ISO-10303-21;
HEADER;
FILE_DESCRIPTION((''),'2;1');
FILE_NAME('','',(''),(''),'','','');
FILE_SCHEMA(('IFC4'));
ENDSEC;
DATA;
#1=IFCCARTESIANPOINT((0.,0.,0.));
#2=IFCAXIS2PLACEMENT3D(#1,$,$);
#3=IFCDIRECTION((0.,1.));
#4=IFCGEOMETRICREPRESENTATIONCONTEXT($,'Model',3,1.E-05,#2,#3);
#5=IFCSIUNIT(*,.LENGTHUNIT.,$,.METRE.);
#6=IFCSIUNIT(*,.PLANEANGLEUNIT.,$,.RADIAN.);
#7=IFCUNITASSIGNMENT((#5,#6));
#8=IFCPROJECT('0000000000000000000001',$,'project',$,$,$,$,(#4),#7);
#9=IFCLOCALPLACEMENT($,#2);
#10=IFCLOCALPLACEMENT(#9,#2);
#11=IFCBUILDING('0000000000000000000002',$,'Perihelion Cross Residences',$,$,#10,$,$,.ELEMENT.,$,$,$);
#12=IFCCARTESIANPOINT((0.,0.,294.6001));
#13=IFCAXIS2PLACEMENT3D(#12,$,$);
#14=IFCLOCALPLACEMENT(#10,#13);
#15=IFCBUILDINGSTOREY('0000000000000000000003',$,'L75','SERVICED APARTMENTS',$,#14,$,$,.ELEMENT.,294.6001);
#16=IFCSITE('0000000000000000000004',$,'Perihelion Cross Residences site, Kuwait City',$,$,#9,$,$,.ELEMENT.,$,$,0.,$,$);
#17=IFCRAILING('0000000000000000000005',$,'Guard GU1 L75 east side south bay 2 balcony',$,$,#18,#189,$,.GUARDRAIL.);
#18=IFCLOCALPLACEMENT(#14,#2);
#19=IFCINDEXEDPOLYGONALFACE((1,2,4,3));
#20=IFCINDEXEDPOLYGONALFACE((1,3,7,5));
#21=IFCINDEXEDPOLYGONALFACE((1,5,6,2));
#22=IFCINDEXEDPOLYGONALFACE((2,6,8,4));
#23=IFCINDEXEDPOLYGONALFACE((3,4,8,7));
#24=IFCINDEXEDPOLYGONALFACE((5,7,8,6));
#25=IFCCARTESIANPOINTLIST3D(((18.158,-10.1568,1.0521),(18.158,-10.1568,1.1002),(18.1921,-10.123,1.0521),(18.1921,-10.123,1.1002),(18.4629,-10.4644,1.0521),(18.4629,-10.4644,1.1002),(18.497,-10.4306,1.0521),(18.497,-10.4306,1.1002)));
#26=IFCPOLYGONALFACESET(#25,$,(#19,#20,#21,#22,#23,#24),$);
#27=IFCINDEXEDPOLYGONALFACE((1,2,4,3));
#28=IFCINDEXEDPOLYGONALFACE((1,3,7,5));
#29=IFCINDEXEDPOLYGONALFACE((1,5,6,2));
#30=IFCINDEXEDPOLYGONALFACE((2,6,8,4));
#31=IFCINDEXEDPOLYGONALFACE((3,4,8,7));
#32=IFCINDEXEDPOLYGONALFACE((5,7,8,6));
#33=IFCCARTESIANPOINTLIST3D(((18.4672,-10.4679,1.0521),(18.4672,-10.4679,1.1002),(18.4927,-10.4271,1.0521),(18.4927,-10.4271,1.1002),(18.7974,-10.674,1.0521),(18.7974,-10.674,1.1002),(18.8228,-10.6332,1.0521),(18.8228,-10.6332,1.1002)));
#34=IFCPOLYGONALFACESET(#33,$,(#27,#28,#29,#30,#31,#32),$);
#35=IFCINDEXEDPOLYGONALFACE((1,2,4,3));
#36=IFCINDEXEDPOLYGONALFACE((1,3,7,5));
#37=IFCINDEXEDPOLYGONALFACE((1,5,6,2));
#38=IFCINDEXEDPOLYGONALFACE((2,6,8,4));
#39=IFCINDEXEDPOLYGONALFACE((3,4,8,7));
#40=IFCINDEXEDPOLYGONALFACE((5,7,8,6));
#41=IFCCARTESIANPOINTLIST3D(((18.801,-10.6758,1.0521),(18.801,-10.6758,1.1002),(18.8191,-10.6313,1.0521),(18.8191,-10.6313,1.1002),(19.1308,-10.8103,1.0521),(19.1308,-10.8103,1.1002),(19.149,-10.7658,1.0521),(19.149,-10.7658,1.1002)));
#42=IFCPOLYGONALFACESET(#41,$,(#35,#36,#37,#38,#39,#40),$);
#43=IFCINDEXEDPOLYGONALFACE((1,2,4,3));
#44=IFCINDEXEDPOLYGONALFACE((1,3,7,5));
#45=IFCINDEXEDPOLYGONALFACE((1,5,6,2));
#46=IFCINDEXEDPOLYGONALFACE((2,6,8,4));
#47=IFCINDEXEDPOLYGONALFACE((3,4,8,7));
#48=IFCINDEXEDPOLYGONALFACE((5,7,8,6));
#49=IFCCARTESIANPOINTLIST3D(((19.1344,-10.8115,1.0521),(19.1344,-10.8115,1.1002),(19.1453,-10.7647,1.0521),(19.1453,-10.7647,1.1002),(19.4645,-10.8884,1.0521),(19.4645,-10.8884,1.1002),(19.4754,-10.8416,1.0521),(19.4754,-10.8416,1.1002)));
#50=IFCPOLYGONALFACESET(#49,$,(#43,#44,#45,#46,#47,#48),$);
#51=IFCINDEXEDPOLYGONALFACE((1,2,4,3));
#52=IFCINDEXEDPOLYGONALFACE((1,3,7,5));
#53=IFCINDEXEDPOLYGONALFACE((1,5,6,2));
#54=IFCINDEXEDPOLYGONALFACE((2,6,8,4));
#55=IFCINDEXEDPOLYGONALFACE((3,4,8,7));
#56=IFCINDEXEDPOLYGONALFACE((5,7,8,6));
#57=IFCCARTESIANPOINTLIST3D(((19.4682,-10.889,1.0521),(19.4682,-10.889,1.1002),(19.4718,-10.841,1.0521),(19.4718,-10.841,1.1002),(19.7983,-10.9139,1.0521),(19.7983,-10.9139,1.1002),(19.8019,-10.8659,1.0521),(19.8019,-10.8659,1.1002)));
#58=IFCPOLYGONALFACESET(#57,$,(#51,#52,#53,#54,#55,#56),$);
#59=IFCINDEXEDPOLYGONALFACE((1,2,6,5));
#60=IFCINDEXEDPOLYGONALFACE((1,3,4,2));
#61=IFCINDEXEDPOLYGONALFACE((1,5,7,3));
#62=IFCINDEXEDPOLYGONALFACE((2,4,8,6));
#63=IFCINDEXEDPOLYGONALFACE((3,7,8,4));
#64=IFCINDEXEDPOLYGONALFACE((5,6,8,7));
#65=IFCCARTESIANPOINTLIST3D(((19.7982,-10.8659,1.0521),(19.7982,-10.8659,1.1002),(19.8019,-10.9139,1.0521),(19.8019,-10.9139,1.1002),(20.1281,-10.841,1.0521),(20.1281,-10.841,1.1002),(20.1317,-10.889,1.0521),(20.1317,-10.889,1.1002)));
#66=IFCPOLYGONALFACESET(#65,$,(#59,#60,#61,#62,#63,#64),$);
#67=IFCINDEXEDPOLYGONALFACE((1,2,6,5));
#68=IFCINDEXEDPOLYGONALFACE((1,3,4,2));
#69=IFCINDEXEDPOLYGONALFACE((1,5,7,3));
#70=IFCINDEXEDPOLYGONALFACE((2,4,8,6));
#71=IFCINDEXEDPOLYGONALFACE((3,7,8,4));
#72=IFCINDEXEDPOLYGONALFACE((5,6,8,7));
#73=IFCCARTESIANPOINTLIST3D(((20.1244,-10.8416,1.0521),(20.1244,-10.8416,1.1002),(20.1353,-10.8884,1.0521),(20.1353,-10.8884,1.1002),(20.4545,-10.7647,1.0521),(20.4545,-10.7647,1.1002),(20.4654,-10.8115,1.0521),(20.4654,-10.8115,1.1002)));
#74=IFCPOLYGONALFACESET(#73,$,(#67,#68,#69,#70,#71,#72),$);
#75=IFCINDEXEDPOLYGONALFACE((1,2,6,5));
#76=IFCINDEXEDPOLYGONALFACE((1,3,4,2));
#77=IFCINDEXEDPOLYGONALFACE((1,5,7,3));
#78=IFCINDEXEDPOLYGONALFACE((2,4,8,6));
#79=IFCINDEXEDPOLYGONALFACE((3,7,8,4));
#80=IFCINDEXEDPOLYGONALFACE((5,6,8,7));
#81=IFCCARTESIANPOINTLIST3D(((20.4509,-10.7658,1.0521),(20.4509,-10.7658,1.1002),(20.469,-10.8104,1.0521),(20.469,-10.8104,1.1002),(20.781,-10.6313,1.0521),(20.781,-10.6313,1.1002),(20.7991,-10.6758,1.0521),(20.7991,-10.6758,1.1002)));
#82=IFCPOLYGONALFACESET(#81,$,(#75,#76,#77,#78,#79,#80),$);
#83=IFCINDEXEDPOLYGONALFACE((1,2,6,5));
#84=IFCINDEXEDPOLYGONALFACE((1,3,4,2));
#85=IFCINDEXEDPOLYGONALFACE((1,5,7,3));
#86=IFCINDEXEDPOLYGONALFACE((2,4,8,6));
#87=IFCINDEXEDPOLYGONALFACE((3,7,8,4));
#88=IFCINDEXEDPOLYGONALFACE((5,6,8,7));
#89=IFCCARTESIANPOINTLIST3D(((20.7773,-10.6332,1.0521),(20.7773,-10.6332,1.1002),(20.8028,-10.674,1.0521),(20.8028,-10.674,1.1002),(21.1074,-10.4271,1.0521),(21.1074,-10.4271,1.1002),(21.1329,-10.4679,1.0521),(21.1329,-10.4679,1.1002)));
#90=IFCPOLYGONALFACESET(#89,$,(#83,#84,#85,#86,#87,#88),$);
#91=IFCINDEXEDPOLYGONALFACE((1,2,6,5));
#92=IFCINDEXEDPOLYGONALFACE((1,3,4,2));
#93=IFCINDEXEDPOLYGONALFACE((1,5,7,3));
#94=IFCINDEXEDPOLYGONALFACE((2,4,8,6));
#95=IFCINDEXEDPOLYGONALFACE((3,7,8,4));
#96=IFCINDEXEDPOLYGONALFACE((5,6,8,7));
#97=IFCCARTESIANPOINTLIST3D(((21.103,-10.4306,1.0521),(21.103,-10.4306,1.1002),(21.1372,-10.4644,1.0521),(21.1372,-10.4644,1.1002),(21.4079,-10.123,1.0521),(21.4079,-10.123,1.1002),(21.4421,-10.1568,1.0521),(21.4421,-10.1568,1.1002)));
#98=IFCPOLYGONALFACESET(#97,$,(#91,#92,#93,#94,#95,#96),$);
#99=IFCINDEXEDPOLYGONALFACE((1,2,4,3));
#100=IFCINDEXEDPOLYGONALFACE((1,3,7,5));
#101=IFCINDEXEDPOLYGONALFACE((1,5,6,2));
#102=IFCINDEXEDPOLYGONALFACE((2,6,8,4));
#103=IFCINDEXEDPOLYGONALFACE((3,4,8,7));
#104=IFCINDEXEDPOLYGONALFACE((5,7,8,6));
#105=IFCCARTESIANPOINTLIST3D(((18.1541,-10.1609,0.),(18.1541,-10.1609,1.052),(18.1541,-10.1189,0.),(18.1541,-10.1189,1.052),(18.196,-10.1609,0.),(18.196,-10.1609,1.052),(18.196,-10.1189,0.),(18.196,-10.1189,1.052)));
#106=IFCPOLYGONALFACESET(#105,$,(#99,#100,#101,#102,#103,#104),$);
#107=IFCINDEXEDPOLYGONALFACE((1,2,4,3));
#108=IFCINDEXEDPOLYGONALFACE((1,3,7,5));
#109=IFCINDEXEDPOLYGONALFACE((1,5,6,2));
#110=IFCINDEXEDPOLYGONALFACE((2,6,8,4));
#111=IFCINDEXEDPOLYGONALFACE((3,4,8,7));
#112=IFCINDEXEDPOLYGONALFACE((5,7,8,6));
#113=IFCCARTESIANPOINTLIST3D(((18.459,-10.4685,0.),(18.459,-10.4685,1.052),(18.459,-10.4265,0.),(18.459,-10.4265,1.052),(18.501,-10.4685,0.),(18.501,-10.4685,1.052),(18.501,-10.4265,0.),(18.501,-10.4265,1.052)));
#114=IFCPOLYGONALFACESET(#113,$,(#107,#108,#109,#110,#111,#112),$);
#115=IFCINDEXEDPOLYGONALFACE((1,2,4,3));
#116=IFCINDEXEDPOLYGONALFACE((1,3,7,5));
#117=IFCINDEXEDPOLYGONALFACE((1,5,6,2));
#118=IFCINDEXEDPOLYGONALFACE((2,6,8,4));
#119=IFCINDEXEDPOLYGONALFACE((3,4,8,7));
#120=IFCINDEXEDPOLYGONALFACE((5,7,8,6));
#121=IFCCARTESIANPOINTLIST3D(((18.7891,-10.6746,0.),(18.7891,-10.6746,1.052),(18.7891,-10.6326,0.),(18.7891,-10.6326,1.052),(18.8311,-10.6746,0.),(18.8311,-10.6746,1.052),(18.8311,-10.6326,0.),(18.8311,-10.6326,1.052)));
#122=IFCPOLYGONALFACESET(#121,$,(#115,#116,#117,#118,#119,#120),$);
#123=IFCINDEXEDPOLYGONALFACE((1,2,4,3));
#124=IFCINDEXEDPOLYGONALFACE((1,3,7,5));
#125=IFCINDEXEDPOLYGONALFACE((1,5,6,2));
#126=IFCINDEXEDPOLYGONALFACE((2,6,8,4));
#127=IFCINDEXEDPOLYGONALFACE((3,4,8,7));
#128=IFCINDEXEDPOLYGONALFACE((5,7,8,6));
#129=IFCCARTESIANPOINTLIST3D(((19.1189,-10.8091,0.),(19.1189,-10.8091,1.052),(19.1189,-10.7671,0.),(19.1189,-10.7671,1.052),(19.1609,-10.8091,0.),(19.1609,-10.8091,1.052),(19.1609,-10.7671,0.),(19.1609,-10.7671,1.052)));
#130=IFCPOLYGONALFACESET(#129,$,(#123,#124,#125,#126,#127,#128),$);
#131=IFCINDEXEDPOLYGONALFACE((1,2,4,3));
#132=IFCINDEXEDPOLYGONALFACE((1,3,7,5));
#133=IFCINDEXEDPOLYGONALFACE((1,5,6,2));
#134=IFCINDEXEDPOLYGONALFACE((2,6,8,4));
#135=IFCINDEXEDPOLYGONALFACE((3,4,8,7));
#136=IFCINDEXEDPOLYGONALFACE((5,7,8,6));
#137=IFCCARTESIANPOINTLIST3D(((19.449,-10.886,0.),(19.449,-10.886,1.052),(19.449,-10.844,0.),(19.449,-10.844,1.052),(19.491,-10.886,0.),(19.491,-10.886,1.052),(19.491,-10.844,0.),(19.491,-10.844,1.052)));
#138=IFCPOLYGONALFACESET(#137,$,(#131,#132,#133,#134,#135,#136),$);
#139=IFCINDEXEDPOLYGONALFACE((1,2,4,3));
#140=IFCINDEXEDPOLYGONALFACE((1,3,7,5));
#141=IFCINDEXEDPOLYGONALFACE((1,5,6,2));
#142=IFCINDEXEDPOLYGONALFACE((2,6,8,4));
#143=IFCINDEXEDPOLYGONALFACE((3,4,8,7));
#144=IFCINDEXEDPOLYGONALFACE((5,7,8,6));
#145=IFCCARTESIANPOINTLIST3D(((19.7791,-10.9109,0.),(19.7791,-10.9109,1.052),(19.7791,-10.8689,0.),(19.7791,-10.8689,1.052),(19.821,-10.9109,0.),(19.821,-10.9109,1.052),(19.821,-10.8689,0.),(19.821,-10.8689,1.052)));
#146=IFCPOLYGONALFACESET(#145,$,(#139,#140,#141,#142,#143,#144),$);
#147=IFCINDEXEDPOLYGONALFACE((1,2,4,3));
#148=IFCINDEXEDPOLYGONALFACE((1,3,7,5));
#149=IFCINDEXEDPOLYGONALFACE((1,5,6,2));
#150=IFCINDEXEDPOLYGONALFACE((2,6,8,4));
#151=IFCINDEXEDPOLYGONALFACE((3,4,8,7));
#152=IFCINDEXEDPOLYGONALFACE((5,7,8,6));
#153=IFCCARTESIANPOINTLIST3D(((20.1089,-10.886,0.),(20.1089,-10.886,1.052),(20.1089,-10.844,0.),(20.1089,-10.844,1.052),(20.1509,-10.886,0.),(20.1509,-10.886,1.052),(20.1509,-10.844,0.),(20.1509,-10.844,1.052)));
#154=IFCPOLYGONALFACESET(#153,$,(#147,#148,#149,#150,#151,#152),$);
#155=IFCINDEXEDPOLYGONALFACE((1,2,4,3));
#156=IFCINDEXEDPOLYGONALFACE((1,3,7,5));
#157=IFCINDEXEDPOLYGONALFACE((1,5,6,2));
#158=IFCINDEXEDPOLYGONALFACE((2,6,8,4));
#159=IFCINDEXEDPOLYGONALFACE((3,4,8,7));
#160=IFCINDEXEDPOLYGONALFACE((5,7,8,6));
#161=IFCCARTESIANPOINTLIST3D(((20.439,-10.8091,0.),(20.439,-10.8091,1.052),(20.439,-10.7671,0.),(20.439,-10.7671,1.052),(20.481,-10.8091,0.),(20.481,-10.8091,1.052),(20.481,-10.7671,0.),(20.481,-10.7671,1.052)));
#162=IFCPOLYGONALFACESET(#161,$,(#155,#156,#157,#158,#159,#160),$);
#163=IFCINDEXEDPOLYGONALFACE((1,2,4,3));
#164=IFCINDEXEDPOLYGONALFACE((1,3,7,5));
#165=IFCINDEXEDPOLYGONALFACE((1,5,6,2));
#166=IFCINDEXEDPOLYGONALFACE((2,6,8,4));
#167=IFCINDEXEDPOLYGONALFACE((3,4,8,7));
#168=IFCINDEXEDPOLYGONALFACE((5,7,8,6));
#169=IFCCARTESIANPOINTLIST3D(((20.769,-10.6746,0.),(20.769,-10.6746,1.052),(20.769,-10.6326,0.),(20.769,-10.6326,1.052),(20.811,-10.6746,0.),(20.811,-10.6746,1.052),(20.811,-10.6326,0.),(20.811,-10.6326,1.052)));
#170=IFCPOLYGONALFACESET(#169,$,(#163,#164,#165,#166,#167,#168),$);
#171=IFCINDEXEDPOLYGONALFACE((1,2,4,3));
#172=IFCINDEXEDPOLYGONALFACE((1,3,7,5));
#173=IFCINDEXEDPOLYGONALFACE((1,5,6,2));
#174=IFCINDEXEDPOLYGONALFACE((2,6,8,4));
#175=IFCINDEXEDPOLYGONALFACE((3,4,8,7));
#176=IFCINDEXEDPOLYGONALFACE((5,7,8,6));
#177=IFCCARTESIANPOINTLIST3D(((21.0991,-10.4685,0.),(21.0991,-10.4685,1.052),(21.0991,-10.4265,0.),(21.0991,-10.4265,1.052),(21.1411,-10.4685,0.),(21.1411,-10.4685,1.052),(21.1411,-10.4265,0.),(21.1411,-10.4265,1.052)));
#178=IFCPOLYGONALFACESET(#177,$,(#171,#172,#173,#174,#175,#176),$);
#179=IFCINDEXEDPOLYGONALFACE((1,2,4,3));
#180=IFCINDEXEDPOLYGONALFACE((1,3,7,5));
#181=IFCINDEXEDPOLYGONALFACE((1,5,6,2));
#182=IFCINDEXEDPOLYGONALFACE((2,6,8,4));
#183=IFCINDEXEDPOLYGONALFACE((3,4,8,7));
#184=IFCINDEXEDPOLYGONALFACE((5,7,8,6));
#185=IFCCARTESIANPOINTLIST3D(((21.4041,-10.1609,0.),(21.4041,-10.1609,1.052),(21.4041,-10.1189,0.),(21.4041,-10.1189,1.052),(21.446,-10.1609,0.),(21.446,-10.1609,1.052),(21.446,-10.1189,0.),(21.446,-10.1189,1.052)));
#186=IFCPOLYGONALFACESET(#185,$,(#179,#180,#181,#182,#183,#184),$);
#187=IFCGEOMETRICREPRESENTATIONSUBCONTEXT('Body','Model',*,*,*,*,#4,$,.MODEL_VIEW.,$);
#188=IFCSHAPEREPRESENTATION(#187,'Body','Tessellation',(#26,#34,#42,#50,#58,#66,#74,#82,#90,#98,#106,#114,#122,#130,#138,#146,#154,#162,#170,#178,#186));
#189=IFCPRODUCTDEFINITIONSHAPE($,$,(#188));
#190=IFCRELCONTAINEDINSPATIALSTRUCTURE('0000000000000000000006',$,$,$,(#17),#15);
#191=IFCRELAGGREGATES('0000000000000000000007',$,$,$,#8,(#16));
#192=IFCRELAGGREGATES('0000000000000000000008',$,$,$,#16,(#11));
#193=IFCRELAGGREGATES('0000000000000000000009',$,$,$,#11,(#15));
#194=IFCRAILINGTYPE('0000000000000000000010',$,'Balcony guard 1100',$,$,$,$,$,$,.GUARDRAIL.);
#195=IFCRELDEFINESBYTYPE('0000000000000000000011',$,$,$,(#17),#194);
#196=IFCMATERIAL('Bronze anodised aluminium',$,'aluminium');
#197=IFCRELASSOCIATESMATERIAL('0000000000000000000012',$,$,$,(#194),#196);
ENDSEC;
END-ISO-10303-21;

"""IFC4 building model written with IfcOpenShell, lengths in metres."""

from ifc_helpers import new_model, si_unit, direction, frame, origin, origin_2d, place, context, subcontext, project, spatial, rectangle, extrude, material, type_object, element, save


model = new_model("IFC4")

# Units and contexts
model_context = context("Model", 3, precision=1e-05, world=origin(), true_north=direction((0.0, 1.0)))
body_context = subcontext(model_context, "Body", "Model", "MODEL_VIEW")
ifc_project = project(units=[si_unit("LENGTHUNIT", "METRE"), si_unit("PLANEANGLEUNIT", "RADIAN")], contexts=[model_context])

# Site, building, storey
site_placement = place(None, origin())
site = spatial("IfcSite", under=ifc_project, at=site_placement, Name="Perihelion Cross Residences site, Kuwait City", CompositionType="ELEMENT", RefElevation=0.0)
building_placement = place(site_placement, origin())
building = spatial("IfcBuilding", under=site, at=building_placement, Name="Perihelion Cross Residences", CompositionType="ELEMENT")
storey_placement = place(building_placement, frame((0.0, 0.0, 294.6001)))
storey = spatial("IfcBuildingStorey", under=building, at=storey_placement, Name="L75", Description="SERVICED APARTMENTS", CompositionType="ELEMENT", Elevation=294.6001)

# Railing
ifc_material_1 = material(Name="Bronze anodised aluminium", Category="aluminium")
railing_type = type_object("IfcRailingType", Name="Balcony guard 1100", PredefinedType="GUARDRAIL", material=ifc_material_1)
railing_placement = place(storey_placement, frame((18.175, -10.1399, 0.0)))
element("IfcRailing", 1, at=railing_placement, inside=storey, type_object=railing_type, Name="Guard GU1 L75 east side south bay 2 balcony", PredefinedType="GUARDRAIL", context=body_context, shape_type="SweptSolid", body=[
    extrude(rectangle(XDim=0.0481, YDim=0.0481, at=origin_2d()), frame((0.0, 0.0, 1.0762), z_axis=(0.704, -0.7102, 0.0), x_axis=(0.7102, 0.704, 0.0)), (0.0, 0.0, 1.0), 0.4331),
    extrude(rectangle(XDim=0.0481, YDim=0.0481, at=origin_2d()), frame((0.3049, -0.3076, 1.0762), z_axis=(0.84828, -0.529548, 0.0), x_axis=(0.529548, 0.84828, 0.0)), (0.0, 0.0, 1.0), 0.3892),
    extrude(rectangle(XDim=0.0481, YDim=0.0481, at=origin_2d()), frame((0.635, -0.5137, 1.0762), z_axis=(0.92595, -0.377645, 0.0), x_axis=(0.377645, 0.92595, 0.0)), (0.0, 0.0, 1.0), 0.3562),
    extrude(rectangle(XDim=0.0481, YDim=0.0481, at=origin_2d()), frame((0.9648, -0.6482, 1.0762), z_axis=(0.973916, -0.226911, 0.0), x_axis=(0.226911, 0.973916, 0.0)), (0.0, 0.0, 1.0), 0.3389),
    extrude(rectangle(XDim=0.0481, YDim=0.0481, at=origin_2d()), frame((1.2949, -0.7251, 1.0762), z_axis=(0.997166, -0.07523, 0.0), x_axis=(0.07523, 0.997166, 0.0)), (0.0, 0.0, 1.0), 0.3311),
    extrude(rectangle(XDim=0.0481, YDim=0.0481, at=origin_2d()), frame((1.625, -0.75, 1.0762), z_axis=(0.997162, 0.075285, 0.0), x_axis=(-0.075285, 0.997162, 0.0)), (0.0, 0.0, 1.0), 0.3308),
    extrude(rectangle(XDim=0.0481, YDim=0.0481, at=origin_2d()), frame((1.9548, -0.7251, 1.0762), z_axis=(0.973916, 0.226911, 0.0), x_axis=(-0.226911, 0.973916, 0.0)), (0.0, 0.0, 1.0), 0.3389),
    extrude(rectangle(XDim=0.0481, YDim=0.0481, at=origin_2d()), frame((2.2849, -0.6482, 1.0762), z_axis=(0.926048, 0.377406, 0.0), x_axis=(-0.377406, 0.926048, 0.0)), (0.0, 0.0, 1.0), 0.3564),
    extrude(rectangle(XDim=0.0481, YDim=0.0481, at=origin_2d()), frame((2.615, -0.5137, 1.0762), z_axis=(0.84828, 0.529548, 0.0), x_axis=(-0.529548, 0.84828, 0.0)), (0.0, 0.0, 1.0), 0.3892),
    extrude(rectangle(XDim=0.0481, YDim=0.0481, at=origin_2d()), frame((2.9451, -0.3076, 1.0762), z_axis=(0.704, 0.7102, 0.0), x_axis=(-0.7102, 0.704, 0.0)), (0.0, 0.0, 1.0), 0.4331),
    extrude(rectangle(XDim=0.042, YDim=0.042, at=origin_2d()), origin(), (0.0, 0.0, 1.0), 1.052),
    extrude(rectangle(XDim=0.042, YDim=0.042, at=origin_2d()), frame((0.3049, -0.3076, 0.0)), (0.0, 0.0, 1.0), 1.052),
    extrude(rectangle(XDim=0.042, YDim=0.042, at=origin_2d()), frame((0.635, -0.5137, 0.0)), (0.0, 0.0, 1.0), 1.052),
    extrude(rectangle(XDim=0.042, YDim=0.042, at=origin_2d()), frame((0.9648, -0.6482, 0.0)), (0.0, 0.0, 1.0), 1.052),
    extrude(rectangle(XDim=0.042, YDim=0.042, at=origin_2d()), frame((1.2949, -0.7251, 0.0)), (0.0, 0.0, 1.0), 1.052),
    extrude(rectangle(XDim=0.042, YDim=0.042, at=origin_2d()), frame((1.625, -0.75, 0.0)), (0.0, 0.0, 1.0), 1.052),
    extrude(rectangle(XDim=0.042, YDim=0.042, at=origin_2d()), frame((1.9548, -0.7251, 0.0)), (0.0, 0.0, 1.0), 1.052),
    extrude(rectangle(XDim=0.042, YDim=0.042, at=origin_2d()), frame((2.2849, -0.6482, 0.0)), (0.0, 0.0, 1.0), 1.052),
    extrude(rectangle(XDim=0.042, YDim=0.042, at=origin_2d()), frame((2.615, -0.5137, 0.0)), (0.0, 0.0, 1.0), 1.052),
    extrude(rectangle(XDim=0.042, YDim=0.042, at=origin_2d()), frame((2.9451, -0.3076, 0.0)), (0.0, 0.0, 1.0), 1.052),
    extrude(rectangle(XDim=0.042, YDim=0.042, at=origin_2d()), frame((3.25, 0.0, 0.0)), (0.0, 0.0, 1.0), 1.052),
])

save(model, "model.ifc")
